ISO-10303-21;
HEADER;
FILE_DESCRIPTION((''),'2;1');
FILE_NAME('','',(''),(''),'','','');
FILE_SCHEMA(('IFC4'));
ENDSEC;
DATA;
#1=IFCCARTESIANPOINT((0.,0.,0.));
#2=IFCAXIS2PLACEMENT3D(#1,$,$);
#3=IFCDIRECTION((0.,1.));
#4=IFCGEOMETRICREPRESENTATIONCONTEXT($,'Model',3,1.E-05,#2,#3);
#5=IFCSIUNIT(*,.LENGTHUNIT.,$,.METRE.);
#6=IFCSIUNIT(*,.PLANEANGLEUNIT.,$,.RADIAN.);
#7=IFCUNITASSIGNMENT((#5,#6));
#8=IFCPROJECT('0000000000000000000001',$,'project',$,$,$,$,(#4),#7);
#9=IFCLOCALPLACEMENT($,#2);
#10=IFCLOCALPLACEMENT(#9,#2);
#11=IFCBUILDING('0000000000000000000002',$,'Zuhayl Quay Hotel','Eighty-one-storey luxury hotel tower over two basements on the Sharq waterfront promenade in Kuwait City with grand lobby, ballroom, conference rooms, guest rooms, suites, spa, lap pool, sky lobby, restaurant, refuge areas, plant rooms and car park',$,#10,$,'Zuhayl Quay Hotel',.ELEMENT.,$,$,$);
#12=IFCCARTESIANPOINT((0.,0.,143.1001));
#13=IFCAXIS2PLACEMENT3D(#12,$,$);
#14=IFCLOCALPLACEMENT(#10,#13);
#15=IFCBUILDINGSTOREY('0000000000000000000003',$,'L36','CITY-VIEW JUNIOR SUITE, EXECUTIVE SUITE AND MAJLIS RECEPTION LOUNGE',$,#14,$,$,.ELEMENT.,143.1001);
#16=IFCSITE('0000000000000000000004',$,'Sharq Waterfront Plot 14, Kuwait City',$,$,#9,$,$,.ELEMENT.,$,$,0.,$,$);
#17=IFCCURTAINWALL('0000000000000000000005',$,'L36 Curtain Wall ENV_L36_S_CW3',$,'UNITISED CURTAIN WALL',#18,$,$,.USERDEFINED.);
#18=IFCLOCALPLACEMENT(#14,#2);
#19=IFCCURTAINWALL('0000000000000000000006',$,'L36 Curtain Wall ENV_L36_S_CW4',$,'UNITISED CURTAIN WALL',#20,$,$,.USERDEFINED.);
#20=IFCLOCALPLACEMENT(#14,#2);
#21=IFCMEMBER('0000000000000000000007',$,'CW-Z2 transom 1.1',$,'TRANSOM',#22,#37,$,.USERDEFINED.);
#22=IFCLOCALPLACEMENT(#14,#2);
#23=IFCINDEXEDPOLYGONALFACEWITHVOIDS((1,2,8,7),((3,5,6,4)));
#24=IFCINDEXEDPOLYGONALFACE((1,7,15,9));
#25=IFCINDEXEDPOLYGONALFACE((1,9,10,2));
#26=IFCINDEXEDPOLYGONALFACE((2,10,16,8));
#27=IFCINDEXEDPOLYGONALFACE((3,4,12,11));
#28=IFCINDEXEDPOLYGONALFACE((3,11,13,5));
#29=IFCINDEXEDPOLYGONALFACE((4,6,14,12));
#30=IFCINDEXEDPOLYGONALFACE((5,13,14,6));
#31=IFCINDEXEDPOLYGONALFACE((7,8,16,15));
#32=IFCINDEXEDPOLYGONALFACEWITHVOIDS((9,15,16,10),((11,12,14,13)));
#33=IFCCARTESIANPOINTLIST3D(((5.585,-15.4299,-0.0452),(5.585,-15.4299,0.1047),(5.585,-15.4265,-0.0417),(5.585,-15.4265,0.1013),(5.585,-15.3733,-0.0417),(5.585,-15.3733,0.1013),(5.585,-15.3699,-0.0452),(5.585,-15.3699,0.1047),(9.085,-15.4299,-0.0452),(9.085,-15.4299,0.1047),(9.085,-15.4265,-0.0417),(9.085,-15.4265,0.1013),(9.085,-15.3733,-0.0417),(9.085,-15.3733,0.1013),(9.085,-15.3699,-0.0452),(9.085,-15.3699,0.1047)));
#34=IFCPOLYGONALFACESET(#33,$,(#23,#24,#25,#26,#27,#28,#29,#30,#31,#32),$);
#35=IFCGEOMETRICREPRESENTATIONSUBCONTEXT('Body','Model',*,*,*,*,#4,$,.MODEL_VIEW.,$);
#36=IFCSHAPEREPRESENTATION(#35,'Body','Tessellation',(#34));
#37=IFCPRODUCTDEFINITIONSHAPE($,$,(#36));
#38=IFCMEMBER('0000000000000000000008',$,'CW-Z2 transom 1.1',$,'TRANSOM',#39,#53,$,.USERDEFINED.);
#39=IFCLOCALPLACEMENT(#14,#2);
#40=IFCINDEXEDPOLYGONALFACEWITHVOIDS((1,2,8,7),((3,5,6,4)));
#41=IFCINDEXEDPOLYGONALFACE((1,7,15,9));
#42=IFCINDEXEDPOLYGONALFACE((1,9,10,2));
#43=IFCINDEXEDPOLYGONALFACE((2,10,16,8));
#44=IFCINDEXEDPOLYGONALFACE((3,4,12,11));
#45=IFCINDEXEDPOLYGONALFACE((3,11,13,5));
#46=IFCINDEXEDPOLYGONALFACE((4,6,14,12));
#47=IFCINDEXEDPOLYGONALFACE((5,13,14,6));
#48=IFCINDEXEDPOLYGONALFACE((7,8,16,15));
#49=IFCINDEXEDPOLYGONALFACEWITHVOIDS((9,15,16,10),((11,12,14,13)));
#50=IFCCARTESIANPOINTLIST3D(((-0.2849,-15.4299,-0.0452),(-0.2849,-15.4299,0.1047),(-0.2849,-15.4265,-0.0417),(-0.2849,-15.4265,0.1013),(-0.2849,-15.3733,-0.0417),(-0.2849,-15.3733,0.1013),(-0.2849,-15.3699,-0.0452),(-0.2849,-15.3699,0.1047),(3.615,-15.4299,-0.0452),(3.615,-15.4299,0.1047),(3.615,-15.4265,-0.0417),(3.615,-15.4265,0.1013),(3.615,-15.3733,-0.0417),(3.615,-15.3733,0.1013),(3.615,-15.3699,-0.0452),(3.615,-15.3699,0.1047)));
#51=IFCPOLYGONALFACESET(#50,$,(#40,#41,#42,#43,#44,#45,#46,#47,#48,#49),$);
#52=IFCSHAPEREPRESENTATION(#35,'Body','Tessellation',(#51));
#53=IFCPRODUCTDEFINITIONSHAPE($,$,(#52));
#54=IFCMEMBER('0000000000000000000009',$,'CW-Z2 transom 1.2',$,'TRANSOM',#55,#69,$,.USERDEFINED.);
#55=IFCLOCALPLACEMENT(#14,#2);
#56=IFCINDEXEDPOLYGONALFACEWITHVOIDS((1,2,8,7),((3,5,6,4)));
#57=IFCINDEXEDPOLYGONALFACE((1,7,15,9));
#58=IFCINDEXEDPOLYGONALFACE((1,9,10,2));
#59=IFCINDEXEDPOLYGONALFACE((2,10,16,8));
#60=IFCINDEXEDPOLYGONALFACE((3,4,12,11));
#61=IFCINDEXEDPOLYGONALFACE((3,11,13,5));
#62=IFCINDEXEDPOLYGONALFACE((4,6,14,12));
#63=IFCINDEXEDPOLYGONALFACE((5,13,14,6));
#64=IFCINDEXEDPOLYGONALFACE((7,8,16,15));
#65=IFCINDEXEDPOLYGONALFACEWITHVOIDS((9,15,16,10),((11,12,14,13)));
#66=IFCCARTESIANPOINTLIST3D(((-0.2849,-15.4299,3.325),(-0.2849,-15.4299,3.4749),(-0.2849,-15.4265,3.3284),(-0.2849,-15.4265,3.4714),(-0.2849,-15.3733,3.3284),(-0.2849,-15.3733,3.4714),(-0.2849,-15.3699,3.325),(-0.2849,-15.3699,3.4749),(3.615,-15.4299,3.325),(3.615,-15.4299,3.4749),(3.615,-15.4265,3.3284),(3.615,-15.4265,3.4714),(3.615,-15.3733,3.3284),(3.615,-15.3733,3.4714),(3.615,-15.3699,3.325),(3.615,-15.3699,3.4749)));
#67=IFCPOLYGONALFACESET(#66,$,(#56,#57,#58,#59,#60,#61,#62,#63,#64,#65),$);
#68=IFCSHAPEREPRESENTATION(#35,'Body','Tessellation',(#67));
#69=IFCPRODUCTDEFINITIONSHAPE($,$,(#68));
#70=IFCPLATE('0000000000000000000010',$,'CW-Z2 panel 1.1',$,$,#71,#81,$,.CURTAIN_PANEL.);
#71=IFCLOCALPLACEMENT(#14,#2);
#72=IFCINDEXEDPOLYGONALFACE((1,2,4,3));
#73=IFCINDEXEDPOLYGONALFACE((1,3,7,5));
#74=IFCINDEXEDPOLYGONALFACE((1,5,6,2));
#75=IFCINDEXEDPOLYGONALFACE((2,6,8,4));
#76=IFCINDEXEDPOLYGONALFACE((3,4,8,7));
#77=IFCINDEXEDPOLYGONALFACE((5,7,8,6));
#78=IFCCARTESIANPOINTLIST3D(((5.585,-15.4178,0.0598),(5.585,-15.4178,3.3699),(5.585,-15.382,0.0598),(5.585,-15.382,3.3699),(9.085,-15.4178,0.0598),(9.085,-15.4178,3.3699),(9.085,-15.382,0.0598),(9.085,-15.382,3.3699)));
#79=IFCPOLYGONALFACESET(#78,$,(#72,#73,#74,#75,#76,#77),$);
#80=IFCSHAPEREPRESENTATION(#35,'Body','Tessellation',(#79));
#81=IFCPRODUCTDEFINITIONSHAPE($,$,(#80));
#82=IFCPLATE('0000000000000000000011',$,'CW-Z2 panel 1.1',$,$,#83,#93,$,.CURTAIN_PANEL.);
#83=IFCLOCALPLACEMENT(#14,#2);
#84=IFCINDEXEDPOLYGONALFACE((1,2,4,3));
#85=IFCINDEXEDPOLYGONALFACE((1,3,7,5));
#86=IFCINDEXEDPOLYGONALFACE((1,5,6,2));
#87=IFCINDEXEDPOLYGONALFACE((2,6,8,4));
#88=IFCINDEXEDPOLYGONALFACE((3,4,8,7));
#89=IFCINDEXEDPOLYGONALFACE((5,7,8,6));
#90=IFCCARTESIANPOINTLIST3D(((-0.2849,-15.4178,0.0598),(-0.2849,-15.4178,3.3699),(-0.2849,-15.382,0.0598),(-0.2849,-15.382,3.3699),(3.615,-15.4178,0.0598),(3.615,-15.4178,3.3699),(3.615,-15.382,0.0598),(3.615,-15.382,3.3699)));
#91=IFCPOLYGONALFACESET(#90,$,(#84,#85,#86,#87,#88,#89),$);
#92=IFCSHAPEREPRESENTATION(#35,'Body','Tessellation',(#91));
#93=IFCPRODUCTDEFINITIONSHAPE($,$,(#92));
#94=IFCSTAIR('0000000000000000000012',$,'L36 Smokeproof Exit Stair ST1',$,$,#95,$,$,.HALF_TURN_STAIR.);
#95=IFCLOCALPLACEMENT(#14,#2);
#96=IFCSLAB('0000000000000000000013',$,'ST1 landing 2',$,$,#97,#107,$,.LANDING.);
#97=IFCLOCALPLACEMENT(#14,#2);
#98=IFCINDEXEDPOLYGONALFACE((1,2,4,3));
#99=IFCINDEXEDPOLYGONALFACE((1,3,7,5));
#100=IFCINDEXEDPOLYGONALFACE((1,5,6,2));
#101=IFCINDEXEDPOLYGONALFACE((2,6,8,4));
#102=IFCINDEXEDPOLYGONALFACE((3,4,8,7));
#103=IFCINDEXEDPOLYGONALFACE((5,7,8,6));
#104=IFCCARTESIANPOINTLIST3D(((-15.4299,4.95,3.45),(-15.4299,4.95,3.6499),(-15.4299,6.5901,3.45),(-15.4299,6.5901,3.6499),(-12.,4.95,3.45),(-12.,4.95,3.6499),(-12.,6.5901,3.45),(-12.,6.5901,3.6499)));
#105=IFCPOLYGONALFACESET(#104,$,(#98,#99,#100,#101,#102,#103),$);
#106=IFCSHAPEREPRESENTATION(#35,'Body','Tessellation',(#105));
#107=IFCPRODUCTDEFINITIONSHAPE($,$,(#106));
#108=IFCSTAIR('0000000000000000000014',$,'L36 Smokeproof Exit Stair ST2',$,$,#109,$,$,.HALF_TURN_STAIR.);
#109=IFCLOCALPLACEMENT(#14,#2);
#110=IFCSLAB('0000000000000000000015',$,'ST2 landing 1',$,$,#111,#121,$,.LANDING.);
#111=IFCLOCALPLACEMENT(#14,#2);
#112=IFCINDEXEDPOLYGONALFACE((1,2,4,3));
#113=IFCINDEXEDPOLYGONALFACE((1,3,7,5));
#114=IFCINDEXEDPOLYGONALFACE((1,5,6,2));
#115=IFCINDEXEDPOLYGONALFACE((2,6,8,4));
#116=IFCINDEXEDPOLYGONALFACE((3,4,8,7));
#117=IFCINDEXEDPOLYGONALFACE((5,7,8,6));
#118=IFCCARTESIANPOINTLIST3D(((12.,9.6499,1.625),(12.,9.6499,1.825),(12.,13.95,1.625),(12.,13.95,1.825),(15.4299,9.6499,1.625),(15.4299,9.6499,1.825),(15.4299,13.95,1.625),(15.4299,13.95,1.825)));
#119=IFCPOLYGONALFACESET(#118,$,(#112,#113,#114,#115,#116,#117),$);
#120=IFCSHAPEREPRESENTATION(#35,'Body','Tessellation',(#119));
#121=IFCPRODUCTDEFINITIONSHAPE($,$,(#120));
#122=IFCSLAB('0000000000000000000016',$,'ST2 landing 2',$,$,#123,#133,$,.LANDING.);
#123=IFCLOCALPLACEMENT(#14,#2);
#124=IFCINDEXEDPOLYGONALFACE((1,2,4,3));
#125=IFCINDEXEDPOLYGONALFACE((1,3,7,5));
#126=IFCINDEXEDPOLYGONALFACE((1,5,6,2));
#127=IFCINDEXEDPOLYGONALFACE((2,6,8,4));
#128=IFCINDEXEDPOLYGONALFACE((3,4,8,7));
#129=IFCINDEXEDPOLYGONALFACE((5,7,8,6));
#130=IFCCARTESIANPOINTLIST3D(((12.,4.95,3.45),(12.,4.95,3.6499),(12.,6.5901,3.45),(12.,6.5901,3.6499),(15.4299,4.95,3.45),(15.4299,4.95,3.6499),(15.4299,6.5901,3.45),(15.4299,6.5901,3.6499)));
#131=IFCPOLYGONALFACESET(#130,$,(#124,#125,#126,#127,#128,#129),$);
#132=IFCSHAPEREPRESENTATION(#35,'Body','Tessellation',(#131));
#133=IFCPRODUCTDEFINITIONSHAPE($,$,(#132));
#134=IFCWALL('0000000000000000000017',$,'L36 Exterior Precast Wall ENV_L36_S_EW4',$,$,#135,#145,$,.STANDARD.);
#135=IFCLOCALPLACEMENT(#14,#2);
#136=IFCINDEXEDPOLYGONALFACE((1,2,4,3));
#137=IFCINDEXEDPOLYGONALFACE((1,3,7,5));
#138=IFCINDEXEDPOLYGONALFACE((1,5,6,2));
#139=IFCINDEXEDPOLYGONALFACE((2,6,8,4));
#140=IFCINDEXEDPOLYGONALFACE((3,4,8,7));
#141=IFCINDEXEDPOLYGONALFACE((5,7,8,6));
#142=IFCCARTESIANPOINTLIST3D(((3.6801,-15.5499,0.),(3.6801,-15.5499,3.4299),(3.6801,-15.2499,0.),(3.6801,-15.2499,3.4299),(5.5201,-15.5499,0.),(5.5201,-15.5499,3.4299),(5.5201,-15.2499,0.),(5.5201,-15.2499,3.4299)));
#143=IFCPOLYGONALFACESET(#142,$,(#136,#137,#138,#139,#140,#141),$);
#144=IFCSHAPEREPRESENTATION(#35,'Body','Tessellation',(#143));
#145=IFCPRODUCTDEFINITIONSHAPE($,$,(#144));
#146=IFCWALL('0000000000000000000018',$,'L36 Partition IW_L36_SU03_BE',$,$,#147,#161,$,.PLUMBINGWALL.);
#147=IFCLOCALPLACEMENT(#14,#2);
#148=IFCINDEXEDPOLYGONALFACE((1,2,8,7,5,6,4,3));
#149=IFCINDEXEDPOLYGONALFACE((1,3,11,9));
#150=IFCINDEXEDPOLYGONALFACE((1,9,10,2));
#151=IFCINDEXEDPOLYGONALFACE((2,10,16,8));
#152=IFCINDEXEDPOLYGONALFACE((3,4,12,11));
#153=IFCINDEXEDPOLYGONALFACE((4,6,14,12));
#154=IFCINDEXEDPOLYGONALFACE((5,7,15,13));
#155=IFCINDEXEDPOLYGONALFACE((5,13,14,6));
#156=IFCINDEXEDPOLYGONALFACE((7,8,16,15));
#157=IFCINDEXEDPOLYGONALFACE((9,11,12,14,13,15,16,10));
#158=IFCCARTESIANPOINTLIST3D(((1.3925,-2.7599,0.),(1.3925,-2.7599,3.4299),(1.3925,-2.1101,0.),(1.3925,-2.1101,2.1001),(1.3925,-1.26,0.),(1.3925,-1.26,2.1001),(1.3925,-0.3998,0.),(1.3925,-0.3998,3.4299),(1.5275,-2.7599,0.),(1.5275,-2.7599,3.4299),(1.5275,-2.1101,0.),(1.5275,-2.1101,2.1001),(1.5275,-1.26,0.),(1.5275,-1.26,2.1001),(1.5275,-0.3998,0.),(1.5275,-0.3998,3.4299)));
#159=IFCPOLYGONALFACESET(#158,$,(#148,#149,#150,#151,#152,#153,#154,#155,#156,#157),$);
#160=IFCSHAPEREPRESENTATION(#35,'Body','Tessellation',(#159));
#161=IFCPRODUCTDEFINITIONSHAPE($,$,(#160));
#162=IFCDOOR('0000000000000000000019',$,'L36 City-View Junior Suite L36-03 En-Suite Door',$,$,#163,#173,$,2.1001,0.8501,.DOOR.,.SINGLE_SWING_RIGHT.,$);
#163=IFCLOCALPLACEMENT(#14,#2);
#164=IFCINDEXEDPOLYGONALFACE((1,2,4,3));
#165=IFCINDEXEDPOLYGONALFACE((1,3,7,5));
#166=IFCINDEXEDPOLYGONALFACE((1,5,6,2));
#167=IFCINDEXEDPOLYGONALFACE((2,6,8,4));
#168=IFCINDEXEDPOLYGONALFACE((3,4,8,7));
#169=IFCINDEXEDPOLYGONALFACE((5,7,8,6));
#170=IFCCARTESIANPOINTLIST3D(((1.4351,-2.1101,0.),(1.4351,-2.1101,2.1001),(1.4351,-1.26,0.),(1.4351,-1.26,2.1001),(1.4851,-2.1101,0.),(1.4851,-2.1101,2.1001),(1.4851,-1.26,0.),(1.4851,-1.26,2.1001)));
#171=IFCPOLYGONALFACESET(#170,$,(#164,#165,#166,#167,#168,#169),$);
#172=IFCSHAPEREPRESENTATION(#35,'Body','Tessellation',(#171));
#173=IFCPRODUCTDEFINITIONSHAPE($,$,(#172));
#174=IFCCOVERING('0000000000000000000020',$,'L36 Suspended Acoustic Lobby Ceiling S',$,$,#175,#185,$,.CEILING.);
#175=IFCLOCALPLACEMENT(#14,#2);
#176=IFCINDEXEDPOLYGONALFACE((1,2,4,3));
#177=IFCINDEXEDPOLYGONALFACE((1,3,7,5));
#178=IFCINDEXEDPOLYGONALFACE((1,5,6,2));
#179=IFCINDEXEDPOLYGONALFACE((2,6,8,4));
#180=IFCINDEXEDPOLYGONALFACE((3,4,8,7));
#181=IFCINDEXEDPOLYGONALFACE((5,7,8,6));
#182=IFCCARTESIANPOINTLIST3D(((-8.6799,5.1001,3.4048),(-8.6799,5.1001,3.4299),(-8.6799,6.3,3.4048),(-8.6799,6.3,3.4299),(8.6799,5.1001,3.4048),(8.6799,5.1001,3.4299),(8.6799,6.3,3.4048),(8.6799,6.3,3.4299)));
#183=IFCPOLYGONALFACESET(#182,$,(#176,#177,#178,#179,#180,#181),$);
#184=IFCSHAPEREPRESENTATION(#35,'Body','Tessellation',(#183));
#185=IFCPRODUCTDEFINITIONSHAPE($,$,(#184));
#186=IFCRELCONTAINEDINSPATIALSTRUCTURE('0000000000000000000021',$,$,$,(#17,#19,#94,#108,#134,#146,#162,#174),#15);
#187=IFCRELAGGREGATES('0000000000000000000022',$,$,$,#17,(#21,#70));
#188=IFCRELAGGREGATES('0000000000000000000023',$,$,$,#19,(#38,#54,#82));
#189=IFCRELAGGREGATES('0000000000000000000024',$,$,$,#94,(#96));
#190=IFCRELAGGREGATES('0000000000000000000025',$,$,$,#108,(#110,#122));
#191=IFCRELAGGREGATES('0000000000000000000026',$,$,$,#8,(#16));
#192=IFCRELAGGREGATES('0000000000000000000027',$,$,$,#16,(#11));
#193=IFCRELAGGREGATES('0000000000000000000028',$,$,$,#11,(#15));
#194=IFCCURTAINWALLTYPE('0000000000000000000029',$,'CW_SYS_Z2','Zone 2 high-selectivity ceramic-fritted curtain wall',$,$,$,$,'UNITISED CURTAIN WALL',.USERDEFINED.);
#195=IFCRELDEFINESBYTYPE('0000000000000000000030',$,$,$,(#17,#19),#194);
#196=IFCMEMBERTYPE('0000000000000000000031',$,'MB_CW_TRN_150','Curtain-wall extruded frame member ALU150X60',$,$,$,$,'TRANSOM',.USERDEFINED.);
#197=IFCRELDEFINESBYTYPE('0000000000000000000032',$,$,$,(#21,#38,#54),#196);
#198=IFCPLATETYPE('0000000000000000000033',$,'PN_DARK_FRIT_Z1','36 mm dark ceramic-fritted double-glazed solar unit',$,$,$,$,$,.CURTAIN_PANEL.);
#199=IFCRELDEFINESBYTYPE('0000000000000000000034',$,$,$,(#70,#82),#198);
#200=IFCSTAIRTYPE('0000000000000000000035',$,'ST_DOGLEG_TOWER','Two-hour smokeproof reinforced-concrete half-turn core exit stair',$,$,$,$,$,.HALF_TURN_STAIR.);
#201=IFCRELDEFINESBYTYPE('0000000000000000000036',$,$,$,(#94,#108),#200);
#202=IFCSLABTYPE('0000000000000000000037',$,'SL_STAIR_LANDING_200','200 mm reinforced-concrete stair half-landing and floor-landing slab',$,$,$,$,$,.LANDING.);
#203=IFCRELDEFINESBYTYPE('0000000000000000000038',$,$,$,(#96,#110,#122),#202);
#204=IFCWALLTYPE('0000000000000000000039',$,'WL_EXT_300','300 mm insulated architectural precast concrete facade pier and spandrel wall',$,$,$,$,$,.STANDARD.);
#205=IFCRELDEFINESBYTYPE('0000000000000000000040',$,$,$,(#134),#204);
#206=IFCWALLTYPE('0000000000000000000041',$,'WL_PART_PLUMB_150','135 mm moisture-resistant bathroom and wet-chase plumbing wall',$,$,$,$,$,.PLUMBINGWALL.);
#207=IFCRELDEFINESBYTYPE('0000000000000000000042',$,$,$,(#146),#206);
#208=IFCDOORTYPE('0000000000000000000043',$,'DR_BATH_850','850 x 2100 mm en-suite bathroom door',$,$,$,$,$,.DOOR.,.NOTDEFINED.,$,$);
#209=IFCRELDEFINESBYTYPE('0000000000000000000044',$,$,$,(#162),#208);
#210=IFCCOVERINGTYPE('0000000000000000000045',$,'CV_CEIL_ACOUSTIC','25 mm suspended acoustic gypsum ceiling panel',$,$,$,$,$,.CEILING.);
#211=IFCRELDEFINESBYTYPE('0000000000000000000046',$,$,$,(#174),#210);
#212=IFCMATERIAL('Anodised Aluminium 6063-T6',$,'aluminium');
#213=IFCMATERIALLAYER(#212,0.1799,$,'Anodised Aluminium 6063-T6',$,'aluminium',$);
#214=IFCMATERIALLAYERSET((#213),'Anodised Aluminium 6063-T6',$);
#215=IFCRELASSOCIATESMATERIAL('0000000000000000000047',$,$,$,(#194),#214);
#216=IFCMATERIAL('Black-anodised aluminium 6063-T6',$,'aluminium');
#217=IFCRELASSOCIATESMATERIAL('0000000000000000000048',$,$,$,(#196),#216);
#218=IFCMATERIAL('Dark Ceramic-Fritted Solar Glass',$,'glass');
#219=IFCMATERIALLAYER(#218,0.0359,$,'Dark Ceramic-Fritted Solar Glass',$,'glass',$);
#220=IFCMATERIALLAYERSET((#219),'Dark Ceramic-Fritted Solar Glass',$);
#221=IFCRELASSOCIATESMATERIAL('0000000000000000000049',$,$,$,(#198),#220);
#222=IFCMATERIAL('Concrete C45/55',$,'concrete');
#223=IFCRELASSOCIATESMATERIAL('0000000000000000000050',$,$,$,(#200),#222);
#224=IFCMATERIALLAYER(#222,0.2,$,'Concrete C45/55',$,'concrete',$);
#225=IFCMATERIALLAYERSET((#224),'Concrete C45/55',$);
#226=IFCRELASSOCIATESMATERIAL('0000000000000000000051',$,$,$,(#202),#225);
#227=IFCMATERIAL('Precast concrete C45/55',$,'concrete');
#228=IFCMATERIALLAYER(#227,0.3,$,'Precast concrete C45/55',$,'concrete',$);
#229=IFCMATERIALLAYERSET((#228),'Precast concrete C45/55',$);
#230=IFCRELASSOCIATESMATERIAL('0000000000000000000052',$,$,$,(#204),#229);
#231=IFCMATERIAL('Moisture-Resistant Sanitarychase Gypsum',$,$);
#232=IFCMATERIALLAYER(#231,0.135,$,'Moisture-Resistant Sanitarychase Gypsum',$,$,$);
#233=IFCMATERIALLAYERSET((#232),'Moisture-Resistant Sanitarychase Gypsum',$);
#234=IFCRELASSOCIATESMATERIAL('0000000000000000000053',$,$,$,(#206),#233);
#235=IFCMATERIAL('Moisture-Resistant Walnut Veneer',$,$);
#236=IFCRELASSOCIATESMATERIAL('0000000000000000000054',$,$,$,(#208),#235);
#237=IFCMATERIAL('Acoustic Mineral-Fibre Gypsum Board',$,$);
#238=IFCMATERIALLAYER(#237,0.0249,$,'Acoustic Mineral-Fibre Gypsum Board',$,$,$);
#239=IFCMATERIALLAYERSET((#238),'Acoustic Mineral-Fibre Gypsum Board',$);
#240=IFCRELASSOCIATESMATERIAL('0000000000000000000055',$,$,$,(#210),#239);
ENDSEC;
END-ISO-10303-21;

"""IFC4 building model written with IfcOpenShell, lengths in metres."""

from ifc_helpers import new_model, si_unit, direction, frame, frame_2d, origin, origin_2d, place, context, subcontext, project, spatial, polyline, rectangle, hollow_rectangle, outline, extrude, material, layer, layer_set, material_profile, profile_set, type_object, element, fill, aggregate, save


model = new_model("IFC4")

# Units and contexts
model_context = context("Model", 3, precision=1e-05, world=origin(), true_north=direction((0.0, 1.0)))
body_context = subcontext(model_context, "Body", "Model", "MODEL_VIEW")
ifc_project = project(units=[si_unit("LENGTHUNIT", "METRE"), si_unit("PLANEANGLEUNIT", "RADIAN")], contexts=[model_context])

# Site, building, storey
site_placement = place(None, origin())
site = spatial("IfcSite", under=ifc_project, at=site_placement, Name="Sharq Waterfront Plot 14, Kuwait City", CompositionType="ELEMENT", RefElevation=0.0)
building_placement = place(site_placement, origin())
building = spatial("IfcBuilding", under=site, at=building_placement, Name="Zuhayl Quay Hotel", Description="Eighty-one-storey luxury hotel tower over two basements on the Sharq waterfront promenade in Kuwait City with grand lobby, ballroom, conference rooms, guest rooms, suites, spa, lap pool, sky lobby, restaurant, refuge areas, plant rooms and car park", LongName="Zuhayl Quay Hotel", CompositionType="ELEMENT")
storey_placement = place(building_placement, frame((0.0, 0.0, 143.1001)))
storey = spatial("IfcBuildingStorey", under=building, at=storey_placement, Name="L36", Description="CITY-VIEW JUNIOR SUITE, EXECUTIVE SUITE AND MAJLIS RECEPTION LOUNGE", CompositionType="ELEMENT", Elevation=143.1001)

# Curtain walls
ifc_material_1 = material(Name="Anodised Aluminium 6063-T6", Category="aluminium")
ifc_layer_1 = layer(ifc_material_1, 0.1799, Name="Anodised Aluminium 6063-T6", Category="aluminium")
ifc_layer_set_1 = layer_set([ifc_layer_1], Name="Anodised Aluminium 6063-T6")
curtain_wall_type = type_object("IfcCurtainWallType", Name="CW_SYS_Z2", Description="Zone 2 high-selectivity ceramic-fritted curtain wall", ElementType="UNITISED CURTAIN WALL", PredefinedType="USERDEFINED", material=ifc_layer_set_1)
curtain_wall_1_placement = place(storey_placement, origin())
curtain_wall_1 = element("IfcCurtainWall", 1, at=curtain_wall_1_placement, inside=storey, type_object=curtain_wall_type, Name="L36 Curtain Wall ENV_L36_S_CW3", ObjectType="UNITISED CURTAIN WALL", PredefinedType="USERDEFINED")
ifc_material_2 = material(Name="Black-anodised aluminium 6063-T6", Category="aluminium")
curtain_wall_2_placement = place(storey_placement, origin())
curtain_wall_2 = element("IfcCurtainWall", 2, at=curtain_wall_2_placement, inside=storey, type_object=curtain_wall_type, Name="L36 Curtain Wall ENV_L36_S_CW4", ObjectType="UNITISED CURTAIN WALL", PredefinedType="USERDEFINED")

# Members
ifc_material_profile_1 = material_profile(ifc_material_2, hollow_rectangle(XDim=0.0601, YDim=0.1499, WallThickness=0.0034, at=origin_2d()), Name="ALU150X60")
ifc_profile_set_1 = profile_set([ifc_material_profile_1], Name="Black-anodised aluminium 6063-T6")
member_type_1 = type_object("IfcMemberType", Name="MB_CW_TRN_150", Description="Curtain-wall extruded frame member ALU150X60", ElementType="TRANSOM", PredefinedType="USERDEFINED", material=ifc_profile_set_1)
member_1_placement = place(storey_placement, frame((9.085, -15.3999, 0.0298), z_axis=(-1.0, 0.0, 0.0), x_axis=(0.0, -1.0, 0.0)))
member_1 = element("IfcMember", 3, at=member_1_placement, type_object=member_type_1, Name="CW-Z2 transom 1.1", ObjectType="TRANSOM", PredefinedType="USERDEFINED", context=body_context, shape_type="SweptSolid", body=[
    extrude(hollow_rectangle(XDim=0.0601, YDim=0.1499, WallThickness=0.0034, at=origin_2d()), origin(), (0.0, 0.0, 1.0), 3.5),
])
member_2_placement = place(storey_placement, frame((3.615, -15.3999, 0.0298), z_axis=(-1.0, 0.0, 0.0), x_axis=(0.0, -1.0, 0.0)))
member_2 = element("IfcMember", 4, at=member_2_placement, type_object=member_type_1, Name="CW-Z2 transom 1.1", ObjectType="TRANSOM", PredefinedType="USERDEFINED", context=body_context, shape_type="SweptSolid", body=[
    extrude(hollow_rectangle(XDim=0.0601, YDim=0.1499, WallThickness=0.0034, at=origin_2d()), origin(), (0.0, 0.0, 1.0), 3.8999),
])
member_3_placement = place(storey_placement, frame((3.615, -15.3999, 3.3999), z_axis=(-1.0, 0.0, 0.0), x_axis=(0.0, -1.0, 0.0)))
member_3 = element("IfcMember", 5, at=member_3_placement, type_object=member_type_1, Name="CW-Z2 transom 1.2", ObjectType="TRANSOM", PredefinedType="USERDEFINED", context=body_context, shape_type="SweptSolid", body=[
    extrude(hollow_rectangle(XDim=0.0601, YDim=0.1499, WallThickness=0.0034, at=origin_2d()), origin(), (0.0, 0.0, 1.0), 3.8999),
])

# Plates
ifc_material_3 = material(Name="Dark Ceramic-Fritted Solar Glass", Category="glass")
ifc_layer_2 = layer(ifc_material_3, 0.0359, Name="Dark Ceramic-Fritted Solar Glass", Category="glass")
ifc_layer_set_2 = layer_set([ifc_layer_2], Name="Dark Ceramic-Fritted Solar Glass")
plate_type = type_object("IfcPlateType", Name="PN_DARK_FRIT_Z1", Description="36 mm dark ceramic-fritted double-glazed solar unit", PredefinedType="CURTAIN_PANEL", material=ifc_layer_set_2)
plate_1_placement = place(storey_placement, frame((7.335, -15.3999, 0.0598), z_axis=(0.0, 0.0, 1.0), x_axis=(-1.0, 0.0, 0.0)))
plate_1 = element("IfcPlate", 6, at=plate_1_placement, type_object=plate_type, Name="CW-Z2 panel 1.1", PredefinedType="CURTAIN_PANEL", context=body_context, shape_type="SweptSolid", body=[
    extrude(rectangle(XDim=3.5, YDim=0.0359, at=origin_2d()), origin(), (0.0, 0.0, 1.0), 3.3101),
])
aggregate(curtain_wall_1, [member_1, plate_1])
plate_2_placement = place(storey_placement, frame((1.665, -15.3999, 0.0598), z_axis=(0.0, 0.0, 1.0), x_axis=(-1.0, 0.0, 0.0)))
plate_2 = element("IfcPlate", 7, at=plate_2_placement, type_object=plate_type, Name="CW-Z2 panel 1.1", PredefinedType="CURTAIN_PANEL", context=body_context, shape_type="SweptSolid", body=[
    extrude(rectangle(XDim=3.8999, YDim=0.0359, at=origin_2d()), origin(), (0.0, 0.0, 1.0), 3.3101),
])
aggregate(curtain_wall_2, [member_2, member_3, plate_2])

# Stair, slab
ifc_material_4 = material(Name="Concrete C45/55", Category="concrete")
stair_type = type_object("IfcStairType", Name="ST_DOGLEG_TOWER", Description="Two-hour smokeproof reinforced-concrete half-turn core exit stair", PredefinedType="HALF_TURN_STAIR", material=ifc_material_4)
stair_1_placement = place(storey_placement, origin())
stair_1 = element("IfcStair", 8, at=stair_1_placement, inside=storey, type_object=stair_type, Name="L36 Smokeproof Exit Stair ST1", PredefinedType="HALF_TURN_STAIR")
ifc_layer_3 = layer(ifc_material_4, 0.2, Name="Concrete C45/55", Category="concrete")
ifc_layer_set_3 = layer_set([ifc_layer_3], Name="Concrete C45/55")
slab_type = type_object("IfcSlabType", Name="SL_STAIR_LANDING_200", Description="200 mm reinforced-concrete stair half-landing and floor-landing slab", PredefinedType="LANDING", material=ifc_layer_set_3)
slab_1_placement = place(storey_placement, frame((0.0, 0.0, 3.45)))
slab_1 = element("IfcSlab", 9, at=slab_1_placement, type_object=slab_type, Name="ST1 landing 2", PredefinedType="LANDING", context=body_context, shape_type="SweptSolid", body=[
    extrude(outline(polyline([(-12.0, 4.95), (-12.0, 6.5901), (-15.4299, 6.5901), (-15.4299, 4.95), (-12.0, 4.95)])), origin(), (0.0, 0.0, 1.0), 0.2),
])
aggregate(stair_1, [slab_1])

# Stair, slabs
stair_2_placement = place(storey_placement, origin())
stair_2 = element("IfcStair", 10, at=stair_2_placement, inside=storey, type_object=stair_type, Name="L36 Smokeproof Exit Stair ST2", PredefinedType="HALF_TURN_STAIR")
slab_2_placement = place(storey_placement, frame((0.0, 0.0, 1.625)))
slab_2 = element("IfcSlab", 11, at=slab_2_placement, type_object=slab_type, Name="ST2 landing 1", PredefinedType="LANDING", context=body_context, shape_type="SweptSolid", body=[
    extrude(outline(polyline([(15.4299, 9.6499), (15.4299, 13.95), (12.0, 13.95), (12.0, 9.6499), (15.4299, 9.6499)])), origin(), (0.0, 0.0, 1.0), 0.2),
])
slab_3_placement = place(storey_placement, frame((0.0, 0.0, 3.45)))
slab_3 = element("IfcSlab", 12, at=slab_3_placement, type_object=slab_type, Name="ST2 landing 2", PredefinedType="LANDING", context=body_context, shape_type="SweptSolid", body=[
    extrude(outline(polyline([(15.4299, 4.95), (15.4299, 6.5901), (12.0, 6.5901), (12.0, 4.95), (15.4299, 4.95)])), origin(), (0.0, 0.0, 1.0), 0.2),
])
aggregate(stair_2, [slab_2, slab_3])

# Wall
ifc_material_5 = material(Name="Precast concrete C45/55", Category="concrete")
ifc_layer_4 = layer(ifc_material_5, 0.3, Name="Precast concrete C45/55", Category="concrete")
ifc_layer_set_4 = layer_set([ifc_layer_4], Name="Precast concrete C45/55")
wall_type_1 = type_object("IfcWallType", Name="WL_EXT_300", Description="300 mm insulated architectural precast concrete facade pier and spandrel wall", PredefinedType="STANDARD", material=ifc_layer_set_4)
wall_1_placement = place(storey_placement, frame((5.52, -15.3999, 0.0), z_axis=(0.0, 0.0, 1.0), x_axis=(-1.0, 0.0, 0.0)))
element("IfcWall", 13, at=wall_1_placement, inside=storey, type_object=wall_type_1, Name="L36 Exterior Precast Wall ENV_L36_S_EW4", PredefinedType="STANDARD", context=body_context, shape_type="SweptSolid", body=[
    extrude(rectangle(XDim=1.8401, YDim=0.3, at=frame_2d((0.9199, 0.0))), origin(), (0.0, 0.0, 1.0), 3.4299),
])

# Wall, opening, door
ifc_material_6 = material(Name="Moisture-Resistant Sanitarychase Gypsum")
ifc_layer_5 = layer(ifc_material_6, 0.135, Name="Moisture-Resistant Sanitarychase Gypsum")
ifc_layer_set_5 = layer_set([ifc_layer_5], Name="Moisture-Resistant Sanitarychase Gypsum")
wall_type_2 = type_object("IfcWallType", Name="WL_PART_PLUMB_150", Description="135 mm moisture-resistant bathroom and wet-chase plumbing wall", PredefinedType="PLUMBINGWALL", material=ifc_layer_set_5)
wall_2_placement = place(storey_placement, frame((1.46, -2.76, 0.0), z_axis=(0.0, 0.0, 1.0), x_axis=(0.0, 1.0, 0.0)))
wall_2 = element("IfcWall", 14, at=wall_2_placement, inside=storey, type_object=wall_type_2, Name="L36 Partition IW_L36_SU03_BE", PredefinedType="PLUMBINGWALL", context=body_context, shape_type="SweptSolid", body=[
    extrude(rectangle(XDim=2.3601, YDim=0.135, at=frame_2d((1.1802, 0.0))), origin(), (0.0, 0.0, 1.0), 3.4299),
])
opening_placement = place(wall_2_placement, frame((0.6499, 0.0, 0.0)))
opening = element("IfcOpeningElement", 15, at=opening_placement, cuts=wall_2, PredefinedType="OPENING", context=body_context, shape_type="SweptSolid", body=[
    extrude(rectangle(XDim=0.8501, YDim=2.1001, at=frame_2d((0.425, 1.05))), frame((0.0, 0.0774, 0.0), z_axis=(0.0, -1.0, 0.0), x_axis=(1.0, 0.0, 0.0)), (0.0, 0.0, 1.0), 0.155),
])
ifc_material_7 = material(Name="Moisture-Resistant Walnut Veneer")
door_type = type_object("IfcDoorType", Name="DR_BATH_850", Description="850 x 2100 mm en-suite bathroom door", OperationType="NOTDEFINED", PredefinedType="DOOR", material=ifc_material_7)
door_placement = place(opening_placement, origin())
door = element("IfcDoor", 16, at=door_placement, inside=storey, type_object=door_type, Name="L36 City-View Junior Suite L36-03 En-Suite Door", OperationType="SINGLE_SWING_RIGHT", OverallHeight=2.1001, OverallWidth=0.8501, PredefinedType="DOOR", context=body_context, shape_type="SweptSolid", body=[
    extrude(rectangle(XDim=0.8501, YDim=2.1001, at=frame_2d((0.425, 1.05))), frame((0.0, 0.0249, 0.0), z_axis=(0.0, -1.0, 0.0), x_axis=(1.0, 0.0, 0.0)), (0.0, 0.0, 1.0), 0.05),
])
fill(opening, door)

# Covering
ifc_material_8 = material(Name="Acoustic Mineral-Fibre Gypsum Board")
ifc_layer_6 = layer(ifc_material_8, 0.0249, Name="Acoustic Mineral-Fibre Gypsum Board")
ifc_layer_set_6 = layer_set([ifc_layer_6], Name="Acoustic Mineral-Fibre Gypsum Board")
covering_type = type_object("IfcCoveringType", Name="CV_CEIL_ACOUSTIC", Description="25 mm suspended acoustic gypsum ceiling panel", PredefinedType="CEILING", material=ifc_layer_set_6)
covering_placement = place(storey_placement, frame((0.0, 0.0, 3.4048)))
element("IfcCovering", 17, at=covering_placement, inside=storey, type_object=covering_type, Name="L36 Suspended Acoustic Lobby Ceiling S", PredefinedType="CEILING", context=body_context, shape_type="SweptSolid", body=[
    extrude(outline(polyline([(-8.6799, 5.1001), (8.6799, 5.1001), (8.6799, 6.3), (-8.6799, 6.3), (-8.6799, 5.1001)])), origin(), (0.0, 0.0, 1.0), 0.0251),
])

save(model, "model.ifc")
